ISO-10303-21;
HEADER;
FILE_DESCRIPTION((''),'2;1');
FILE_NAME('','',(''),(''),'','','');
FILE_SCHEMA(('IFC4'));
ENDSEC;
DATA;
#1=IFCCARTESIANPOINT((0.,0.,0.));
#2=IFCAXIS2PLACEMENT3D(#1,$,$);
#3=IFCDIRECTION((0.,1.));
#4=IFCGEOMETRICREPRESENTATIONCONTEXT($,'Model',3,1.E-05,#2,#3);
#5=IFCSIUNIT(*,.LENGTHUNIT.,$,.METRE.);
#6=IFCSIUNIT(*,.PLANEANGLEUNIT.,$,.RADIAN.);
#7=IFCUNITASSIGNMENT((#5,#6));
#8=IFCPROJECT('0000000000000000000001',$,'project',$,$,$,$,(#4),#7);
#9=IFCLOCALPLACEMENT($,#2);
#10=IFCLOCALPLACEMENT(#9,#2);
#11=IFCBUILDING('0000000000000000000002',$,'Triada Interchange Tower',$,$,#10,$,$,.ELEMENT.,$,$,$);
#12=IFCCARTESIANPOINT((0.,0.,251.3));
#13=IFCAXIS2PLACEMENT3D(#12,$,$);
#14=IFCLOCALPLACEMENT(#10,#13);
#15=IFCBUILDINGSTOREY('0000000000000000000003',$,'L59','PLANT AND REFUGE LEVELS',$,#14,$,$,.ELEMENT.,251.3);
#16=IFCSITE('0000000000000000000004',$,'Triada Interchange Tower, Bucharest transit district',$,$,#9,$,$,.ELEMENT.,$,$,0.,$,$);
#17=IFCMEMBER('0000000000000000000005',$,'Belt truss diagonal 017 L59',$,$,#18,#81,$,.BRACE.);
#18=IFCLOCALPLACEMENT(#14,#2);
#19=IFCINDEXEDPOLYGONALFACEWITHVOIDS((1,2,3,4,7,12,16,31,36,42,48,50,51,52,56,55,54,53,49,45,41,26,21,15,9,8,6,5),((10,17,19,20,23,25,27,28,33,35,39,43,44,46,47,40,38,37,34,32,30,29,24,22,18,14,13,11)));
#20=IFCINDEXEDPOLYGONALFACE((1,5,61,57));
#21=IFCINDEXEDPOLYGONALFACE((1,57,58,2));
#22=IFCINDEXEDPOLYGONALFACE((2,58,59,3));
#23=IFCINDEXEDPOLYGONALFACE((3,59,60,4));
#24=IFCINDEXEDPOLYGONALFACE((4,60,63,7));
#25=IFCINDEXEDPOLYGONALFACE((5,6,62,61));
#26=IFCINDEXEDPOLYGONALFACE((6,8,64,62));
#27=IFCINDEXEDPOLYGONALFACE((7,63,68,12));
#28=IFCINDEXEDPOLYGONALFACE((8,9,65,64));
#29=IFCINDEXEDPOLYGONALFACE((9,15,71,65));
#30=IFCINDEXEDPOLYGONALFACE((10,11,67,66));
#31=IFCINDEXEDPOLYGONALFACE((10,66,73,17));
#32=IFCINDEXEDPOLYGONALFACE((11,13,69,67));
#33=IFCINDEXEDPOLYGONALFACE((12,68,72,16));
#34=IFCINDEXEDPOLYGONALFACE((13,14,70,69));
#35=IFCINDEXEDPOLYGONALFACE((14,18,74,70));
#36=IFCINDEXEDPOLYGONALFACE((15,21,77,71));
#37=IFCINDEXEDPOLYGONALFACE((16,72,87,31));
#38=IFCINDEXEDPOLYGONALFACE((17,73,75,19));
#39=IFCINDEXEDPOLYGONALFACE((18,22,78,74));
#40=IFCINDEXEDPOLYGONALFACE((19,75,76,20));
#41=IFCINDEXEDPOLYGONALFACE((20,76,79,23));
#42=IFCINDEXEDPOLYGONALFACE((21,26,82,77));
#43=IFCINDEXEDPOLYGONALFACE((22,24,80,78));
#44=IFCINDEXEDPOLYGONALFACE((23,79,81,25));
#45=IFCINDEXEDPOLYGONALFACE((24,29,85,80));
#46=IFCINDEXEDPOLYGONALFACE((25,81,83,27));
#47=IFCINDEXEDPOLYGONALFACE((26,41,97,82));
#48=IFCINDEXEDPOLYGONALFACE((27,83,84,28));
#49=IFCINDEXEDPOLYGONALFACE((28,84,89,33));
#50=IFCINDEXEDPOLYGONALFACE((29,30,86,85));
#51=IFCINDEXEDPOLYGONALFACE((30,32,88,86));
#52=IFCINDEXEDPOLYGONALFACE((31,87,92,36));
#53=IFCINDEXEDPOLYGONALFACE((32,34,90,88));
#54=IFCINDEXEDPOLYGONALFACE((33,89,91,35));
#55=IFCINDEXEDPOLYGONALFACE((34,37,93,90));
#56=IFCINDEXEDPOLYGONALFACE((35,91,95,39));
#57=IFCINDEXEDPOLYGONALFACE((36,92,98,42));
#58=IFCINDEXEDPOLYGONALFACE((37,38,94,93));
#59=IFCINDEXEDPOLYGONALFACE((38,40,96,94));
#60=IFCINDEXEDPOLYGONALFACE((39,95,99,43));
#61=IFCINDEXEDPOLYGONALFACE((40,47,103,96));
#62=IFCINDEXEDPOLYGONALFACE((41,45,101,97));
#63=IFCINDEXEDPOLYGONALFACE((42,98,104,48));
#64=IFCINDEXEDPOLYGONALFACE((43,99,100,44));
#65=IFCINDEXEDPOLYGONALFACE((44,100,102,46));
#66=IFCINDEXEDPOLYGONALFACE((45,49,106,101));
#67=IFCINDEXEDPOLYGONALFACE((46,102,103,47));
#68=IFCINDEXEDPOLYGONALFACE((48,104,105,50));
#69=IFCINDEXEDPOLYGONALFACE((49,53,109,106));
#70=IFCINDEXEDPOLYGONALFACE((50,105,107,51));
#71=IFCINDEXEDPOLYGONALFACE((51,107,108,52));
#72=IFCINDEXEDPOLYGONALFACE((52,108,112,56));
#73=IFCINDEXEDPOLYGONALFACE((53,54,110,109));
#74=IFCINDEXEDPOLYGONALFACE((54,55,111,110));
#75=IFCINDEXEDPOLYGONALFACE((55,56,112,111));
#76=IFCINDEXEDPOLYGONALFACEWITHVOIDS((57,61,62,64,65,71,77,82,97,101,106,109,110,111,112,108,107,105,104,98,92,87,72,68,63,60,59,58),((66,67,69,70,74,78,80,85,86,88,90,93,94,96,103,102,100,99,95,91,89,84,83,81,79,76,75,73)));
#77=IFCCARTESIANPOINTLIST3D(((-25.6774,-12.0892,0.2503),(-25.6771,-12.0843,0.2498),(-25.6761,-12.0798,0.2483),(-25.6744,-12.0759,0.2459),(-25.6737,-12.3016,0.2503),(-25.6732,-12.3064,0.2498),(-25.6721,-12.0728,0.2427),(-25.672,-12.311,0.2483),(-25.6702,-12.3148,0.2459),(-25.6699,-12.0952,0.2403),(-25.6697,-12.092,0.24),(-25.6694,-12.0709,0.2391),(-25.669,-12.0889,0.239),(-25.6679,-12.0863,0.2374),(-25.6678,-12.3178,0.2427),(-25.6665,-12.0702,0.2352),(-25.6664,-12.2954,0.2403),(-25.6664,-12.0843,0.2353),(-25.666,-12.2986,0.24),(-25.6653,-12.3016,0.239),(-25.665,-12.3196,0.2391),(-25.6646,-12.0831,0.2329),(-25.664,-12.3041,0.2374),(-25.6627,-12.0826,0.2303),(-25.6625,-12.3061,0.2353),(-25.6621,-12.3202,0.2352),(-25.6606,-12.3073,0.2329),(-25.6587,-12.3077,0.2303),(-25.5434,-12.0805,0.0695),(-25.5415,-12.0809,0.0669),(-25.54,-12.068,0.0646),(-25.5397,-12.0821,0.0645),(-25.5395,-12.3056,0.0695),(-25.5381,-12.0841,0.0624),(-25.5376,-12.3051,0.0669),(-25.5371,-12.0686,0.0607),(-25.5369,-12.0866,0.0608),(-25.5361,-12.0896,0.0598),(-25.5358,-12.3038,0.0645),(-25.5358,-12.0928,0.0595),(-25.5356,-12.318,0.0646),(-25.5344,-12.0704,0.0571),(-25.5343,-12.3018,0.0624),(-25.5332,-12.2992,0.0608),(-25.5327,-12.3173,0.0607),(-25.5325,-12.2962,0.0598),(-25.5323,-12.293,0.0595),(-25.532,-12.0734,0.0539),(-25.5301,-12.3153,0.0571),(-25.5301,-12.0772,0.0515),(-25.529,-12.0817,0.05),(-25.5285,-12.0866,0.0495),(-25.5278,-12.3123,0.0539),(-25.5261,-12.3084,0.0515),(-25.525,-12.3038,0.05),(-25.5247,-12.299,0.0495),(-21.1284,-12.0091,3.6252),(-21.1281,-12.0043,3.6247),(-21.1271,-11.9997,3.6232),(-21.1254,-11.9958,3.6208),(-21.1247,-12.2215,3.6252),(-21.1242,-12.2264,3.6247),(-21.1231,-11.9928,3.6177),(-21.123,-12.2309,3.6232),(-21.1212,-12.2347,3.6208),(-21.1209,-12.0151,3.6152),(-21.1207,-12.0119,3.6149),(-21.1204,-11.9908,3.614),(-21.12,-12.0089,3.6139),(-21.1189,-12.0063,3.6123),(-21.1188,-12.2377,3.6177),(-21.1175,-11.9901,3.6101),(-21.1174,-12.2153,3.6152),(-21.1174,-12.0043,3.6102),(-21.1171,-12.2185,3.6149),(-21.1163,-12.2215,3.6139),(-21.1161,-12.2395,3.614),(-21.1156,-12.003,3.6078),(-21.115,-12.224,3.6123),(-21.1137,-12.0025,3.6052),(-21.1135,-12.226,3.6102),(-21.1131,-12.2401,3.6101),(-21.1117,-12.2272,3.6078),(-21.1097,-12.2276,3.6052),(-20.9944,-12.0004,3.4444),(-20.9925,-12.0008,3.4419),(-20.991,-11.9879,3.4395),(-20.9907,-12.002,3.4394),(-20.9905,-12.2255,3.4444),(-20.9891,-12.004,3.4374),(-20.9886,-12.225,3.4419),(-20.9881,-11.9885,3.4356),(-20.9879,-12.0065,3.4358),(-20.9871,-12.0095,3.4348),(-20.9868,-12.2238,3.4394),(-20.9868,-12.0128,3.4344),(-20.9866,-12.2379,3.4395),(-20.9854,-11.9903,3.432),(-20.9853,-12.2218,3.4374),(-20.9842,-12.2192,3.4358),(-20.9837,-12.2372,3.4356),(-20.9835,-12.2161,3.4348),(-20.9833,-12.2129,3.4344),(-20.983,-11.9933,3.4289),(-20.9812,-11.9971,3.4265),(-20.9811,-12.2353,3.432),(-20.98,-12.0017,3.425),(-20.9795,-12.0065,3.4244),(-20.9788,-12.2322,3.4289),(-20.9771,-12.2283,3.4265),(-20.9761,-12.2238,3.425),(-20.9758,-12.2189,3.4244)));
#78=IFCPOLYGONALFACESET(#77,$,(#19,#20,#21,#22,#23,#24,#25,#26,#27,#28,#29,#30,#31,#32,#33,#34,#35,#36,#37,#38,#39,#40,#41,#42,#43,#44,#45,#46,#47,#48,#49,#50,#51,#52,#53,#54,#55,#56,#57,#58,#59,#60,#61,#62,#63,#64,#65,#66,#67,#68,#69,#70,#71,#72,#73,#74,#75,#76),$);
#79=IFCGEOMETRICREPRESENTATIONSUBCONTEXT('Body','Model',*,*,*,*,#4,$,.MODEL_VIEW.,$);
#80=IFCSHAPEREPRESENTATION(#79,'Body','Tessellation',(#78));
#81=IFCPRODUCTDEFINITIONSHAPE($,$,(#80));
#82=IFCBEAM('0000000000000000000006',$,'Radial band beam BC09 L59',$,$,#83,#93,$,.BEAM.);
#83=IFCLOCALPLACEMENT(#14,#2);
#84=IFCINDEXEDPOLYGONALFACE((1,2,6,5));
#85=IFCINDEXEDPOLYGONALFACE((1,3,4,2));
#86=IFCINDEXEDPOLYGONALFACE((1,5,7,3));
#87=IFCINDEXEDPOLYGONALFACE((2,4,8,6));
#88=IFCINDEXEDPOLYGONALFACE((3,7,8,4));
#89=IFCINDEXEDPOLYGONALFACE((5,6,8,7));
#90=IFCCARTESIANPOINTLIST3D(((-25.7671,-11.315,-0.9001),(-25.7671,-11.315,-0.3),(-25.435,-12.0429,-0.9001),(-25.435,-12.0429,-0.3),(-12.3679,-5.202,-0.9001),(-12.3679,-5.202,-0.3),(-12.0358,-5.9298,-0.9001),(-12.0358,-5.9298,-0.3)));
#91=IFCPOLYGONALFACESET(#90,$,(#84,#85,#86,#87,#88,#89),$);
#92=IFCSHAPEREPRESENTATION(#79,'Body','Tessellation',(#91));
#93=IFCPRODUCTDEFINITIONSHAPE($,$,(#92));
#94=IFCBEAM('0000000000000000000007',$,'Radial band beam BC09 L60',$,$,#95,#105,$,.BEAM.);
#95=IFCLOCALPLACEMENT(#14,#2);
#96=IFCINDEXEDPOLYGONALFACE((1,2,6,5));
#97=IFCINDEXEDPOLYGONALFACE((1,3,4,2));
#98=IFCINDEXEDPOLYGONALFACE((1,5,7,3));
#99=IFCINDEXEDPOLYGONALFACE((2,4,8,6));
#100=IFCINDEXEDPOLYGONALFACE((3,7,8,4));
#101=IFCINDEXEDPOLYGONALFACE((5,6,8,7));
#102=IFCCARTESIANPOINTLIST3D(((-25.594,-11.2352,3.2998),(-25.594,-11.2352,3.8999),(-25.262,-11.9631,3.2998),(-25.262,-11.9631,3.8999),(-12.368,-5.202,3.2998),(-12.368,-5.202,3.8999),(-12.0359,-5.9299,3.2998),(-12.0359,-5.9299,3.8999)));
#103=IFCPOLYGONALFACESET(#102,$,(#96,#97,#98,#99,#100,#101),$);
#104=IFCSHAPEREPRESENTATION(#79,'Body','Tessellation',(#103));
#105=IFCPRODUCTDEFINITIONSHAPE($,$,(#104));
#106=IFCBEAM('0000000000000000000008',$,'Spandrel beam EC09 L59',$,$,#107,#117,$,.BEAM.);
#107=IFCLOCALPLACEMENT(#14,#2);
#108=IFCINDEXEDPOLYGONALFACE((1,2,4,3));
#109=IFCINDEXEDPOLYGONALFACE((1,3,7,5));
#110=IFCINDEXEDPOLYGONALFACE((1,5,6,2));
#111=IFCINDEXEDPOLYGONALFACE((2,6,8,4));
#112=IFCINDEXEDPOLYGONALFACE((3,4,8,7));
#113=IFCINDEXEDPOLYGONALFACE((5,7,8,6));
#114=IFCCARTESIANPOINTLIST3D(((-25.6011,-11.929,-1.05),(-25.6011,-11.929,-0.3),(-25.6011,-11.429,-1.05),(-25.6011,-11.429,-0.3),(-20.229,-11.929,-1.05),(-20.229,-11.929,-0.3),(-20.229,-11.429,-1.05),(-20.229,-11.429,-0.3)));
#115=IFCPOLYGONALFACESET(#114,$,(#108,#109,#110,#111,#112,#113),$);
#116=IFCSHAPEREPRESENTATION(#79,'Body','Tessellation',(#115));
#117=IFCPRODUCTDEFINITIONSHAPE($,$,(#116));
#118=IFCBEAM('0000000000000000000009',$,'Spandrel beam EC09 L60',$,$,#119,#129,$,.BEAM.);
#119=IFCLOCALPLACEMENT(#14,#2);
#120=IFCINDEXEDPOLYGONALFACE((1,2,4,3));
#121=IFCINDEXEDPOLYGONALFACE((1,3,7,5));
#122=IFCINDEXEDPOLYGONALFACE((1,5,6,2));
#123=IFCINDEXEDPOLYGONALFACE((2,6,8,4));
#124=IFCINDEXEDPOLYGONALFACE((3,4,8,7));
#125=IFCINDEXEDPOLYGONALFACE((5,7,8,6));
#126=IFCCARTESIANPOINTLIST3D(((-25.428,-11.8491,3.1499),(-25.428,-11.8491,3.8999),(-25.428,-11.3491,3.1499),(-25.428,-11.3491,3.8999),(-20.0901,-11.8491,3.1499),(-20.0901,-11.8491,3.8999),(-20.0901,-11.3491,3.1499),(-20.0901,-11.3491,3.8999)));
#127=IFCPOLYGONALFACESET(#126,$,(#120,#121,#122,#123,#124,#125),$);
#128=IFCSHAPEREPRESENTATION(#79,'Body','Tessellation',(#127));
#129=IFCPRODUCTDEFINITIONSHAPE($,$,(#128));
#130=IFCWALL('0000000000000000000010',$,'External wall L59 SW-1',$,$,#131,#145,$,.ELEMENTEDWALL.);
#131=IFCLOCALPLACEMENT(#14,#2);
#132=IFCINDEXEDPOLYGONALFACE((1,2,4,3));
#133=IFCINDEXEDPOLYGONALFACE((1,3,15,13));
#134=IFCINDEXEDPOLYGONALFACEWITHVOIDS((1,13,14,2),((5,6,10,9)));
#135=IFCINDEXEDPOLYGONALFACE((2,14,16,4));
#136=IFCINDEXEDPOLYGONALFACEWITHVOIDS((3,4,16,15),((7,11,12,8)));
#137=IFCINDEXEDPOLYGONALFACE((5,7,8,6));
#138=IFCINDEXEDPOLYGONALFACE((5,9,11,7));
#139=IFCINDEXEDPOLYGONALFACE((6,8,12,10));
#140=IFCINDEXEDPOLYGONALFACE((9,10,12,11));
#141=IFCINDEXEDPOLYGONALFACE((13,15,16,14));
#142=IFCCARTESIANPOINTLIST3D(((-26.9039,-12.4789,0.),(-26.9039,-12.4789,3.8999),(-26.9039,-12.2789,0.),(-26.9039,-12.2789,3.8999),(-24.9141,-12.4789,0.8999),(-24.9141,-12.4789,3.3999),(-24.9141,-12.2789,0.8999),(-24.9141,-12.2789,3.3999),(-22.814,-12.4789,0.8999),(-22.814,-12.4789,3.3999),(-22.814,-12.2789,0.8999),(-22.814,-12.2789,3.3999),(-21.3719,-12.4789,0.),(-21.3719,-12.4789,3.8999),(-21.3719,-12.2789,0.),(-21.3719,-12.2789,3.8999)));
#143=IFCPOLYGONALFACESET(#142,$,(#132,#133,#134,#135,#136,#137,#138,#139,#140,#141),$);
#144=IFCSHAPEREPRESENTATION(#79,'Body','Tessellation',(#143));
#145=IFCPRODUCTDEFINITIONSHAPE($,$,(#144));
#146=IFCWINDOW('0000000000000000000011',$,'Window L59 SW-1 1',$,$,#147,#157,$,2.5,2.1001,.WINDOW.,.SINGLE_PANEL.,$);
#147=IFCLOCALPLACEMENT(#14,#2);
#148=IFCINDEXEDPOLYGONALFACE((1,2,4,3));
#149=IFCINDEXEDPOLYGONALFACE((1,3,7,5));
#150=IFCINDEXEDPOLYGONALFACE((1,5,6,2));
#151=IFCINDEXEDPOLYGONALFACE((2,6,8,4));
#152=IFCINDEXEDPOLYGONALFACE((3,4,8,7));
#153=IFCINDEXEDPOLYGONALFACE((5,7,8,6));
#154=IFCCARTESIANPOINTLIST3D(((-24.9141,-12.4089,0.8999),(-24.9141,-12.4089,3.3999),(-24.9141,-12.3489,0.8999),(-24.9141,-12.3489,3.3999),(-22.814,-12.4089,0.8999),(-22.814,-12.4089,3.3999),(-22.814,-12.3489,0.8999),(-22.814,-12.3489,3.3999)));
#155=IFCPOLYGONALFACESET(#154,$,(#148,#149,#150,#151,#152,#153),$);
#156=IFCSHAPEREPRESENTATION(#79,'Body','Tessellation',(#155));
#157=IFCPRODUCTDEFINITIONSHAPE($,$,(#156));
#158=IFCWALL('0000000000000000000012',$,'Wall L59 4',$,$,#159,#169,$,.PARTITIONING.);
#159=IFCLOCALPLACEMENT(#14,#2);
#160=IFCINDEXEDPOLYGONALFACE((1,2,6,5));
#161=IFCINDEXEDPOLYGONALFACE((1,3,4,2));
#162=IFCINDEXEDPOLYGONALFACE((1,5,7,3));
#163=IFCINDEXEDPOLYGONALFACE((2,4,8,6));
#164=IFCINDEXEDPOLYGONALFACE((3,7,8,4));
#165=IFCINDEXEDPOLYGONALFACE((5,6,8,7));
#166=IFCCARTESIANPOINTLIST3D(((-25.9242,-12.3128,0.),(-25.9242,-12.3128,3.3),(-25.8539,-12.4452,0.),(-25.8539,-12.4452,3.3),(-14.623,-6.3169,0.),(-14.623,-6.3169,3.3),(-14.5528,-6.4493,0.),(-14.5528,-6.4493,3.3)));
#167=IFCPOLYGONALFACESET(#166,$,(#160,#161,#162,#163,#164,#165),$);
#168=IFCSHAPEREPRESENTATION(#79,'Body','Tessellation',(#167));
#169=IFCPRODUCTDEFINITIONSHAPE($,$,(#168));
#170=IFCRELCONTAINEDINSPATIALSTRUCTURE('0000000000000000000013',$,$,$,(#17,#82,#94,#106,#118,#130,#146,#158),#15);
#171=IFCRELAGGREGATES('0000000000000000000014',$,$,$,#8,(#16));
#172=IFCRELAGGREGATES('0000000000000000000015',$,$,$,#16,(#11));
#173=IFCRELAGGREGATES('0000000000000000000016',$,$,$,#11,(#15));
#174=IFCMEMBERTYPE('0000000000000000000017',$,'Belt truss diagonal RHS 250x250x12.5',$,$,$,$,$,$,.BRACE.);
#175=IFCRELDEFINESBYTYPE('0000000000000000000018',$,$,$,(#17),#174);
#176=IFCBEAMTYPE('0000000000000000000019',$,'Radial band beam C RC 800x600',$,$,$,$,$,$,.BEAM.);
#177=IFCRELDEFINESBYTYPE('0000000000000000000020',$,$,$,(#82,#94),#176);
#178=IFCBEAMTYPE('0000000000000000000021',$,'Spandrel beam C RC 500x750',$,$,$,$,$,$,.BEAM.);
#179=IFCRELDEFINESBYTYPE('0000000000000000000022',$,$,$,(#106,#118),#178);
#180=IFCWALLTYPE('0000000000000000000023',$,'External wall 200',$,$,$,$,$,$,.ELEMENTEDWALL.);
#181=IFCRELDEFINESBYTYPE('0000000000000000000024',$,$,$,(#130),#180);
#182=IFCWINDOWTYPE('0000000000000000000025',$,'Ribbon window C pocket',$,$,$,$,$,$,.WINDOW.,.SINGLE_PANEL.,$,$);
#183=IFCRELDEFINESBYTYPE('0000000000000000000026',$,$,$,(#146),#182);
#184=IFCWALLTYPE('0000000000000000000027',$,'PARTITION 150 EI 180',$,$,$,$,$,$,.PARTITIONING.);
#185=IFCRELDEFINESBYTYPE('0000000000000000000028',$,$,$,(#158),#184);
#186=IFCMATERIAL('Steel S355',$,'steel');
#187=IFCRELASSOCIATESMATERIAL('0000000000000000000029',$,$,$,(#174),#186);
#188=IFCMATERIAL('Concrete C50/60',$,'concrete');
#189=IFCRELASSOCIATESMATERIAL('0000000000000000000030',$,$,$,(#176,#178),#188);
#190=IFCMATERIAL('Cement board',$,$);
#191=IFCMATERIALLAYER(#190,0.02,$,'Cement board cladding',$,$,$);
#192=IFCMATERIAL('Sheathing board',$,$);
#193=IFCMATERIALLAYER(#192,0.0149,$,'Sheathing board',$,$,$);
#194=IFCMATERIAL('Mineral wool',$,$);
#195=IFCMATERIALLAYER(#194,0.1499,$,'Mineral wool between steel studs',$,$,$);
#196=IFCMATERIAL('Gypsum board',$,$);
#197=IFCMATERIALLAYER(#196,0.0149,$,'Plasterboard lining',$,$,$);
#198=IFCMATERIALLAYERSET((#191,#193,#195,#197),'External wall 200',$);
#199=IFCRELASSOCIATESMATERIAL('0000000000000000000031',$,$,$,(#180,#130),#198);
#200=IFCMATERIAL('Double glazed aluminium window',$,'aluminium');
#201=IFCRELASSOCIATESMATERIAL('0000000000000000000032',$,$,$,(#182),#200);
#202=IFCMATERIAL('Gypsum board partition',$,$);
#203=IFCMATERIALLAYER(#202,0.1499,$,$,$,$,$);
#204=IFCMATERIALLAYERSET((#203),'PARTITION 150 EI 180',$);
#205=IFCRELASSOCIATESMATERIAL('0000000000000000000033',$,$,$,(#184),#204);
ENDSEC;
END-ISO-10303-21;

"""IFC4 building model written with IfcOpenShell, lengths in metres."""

from ifc_helpers import new_model, si_unit, direction, frame, frame_2d, origin, origin_2d, place, context, subcontext, project, spatial, rectangle, hollow_rectangle, extrude, material, layer, layer_set, layer_usage, material_profile, profile_set, type_object, element, fill, save


model = new_model("IFC4")

# Units and contexts
model_context = context("Model", 3, precision=1e-05, world=origin(), true_north=direction((0.0, 1.0)))
body_context = subcontext(model_context, "Body", "Model", "MODEL_VIEW")
ifc_project = project(units=[si_unit("LENGTHUNIT", "METRE"), si_unit("PLANEANGLEUNIT", "RADIAN")], contexts=[model_context])

# Site, building, storey
site_placement = place(None, origin())
site = spatial("IfcSite", under=ifc_project, at=site_placement, Name="Triada Interchange Tower, Bucharest transit district", CompositionType="ELEMENT", RefElevation=0.0)
building_placement = place(site_placement, origin())
building = spatial("IfcBuilding", under=site, at=building_placement, Name="Triada Interchange Tower", CompositionType="ELEMENT")
storey_placement = place(building_placement, frame((0.0, 0.0, 251.3)))
storey = spatial("IfcBuildingStorey", under=building, at=storey_placement, Name="L59", Description="PLANT AND REFUGE LEVELS", CompositionType="ELEMENT", Elevation=251.3)

# Shared definitions
ifc_material_1 = material(Name="Concrete C50/60", Category="concrete")

# Member
ifc_material_2 = material(Name="Steel S355", Category="steel")
ifc_material_profile_1 = material_profile(ifc_material_2, hollow_rectangle(XDim=0.25, YDim=0.25, WallThickness=0.0125, InnerFilletRadius=0.0125, OuterFilletRadius=0.0188, at=origin_2d()), Name="RHS 250x250x12.5")
ifc_profile_set_1 = profile_set([ifc_material_profile_1], Name="Steel S355")
member_type = type_object("IfcMemberType", Name="Belt truss diagonal RHS 250x250x12.5", PredefinedType="BRACE", material=ifc_profile_set_1)
member_1_placement = place(storey_placement, frame((-25.6011, -12.1941, 0.1499), z_axis=(0.803028, 0.014136, 0.595774), x_axis=(-0.0176, 0.999845, 0.0)))
element("IfcMember", 1, at=member_1_placement, inside=storey, type_object=member_type, Name="Belt truss diagonal 017 L59", PredefinedType="BRACE", context=body_context, shape_type="SweptSolid", body=[
    extrude(hollow_rectangle(XDim=0.25, YDim=0.25, WallThickness=0.0125, InnerFilletRadius=0.0125, OuterFilletRadius=0.0188, at=origin_2d()), origin(), (0.0, 0.0, 1.0), 5.6648),
])

# Beams
ifc_material_profile_2 = material_profile(ifc_material_1, rectangle(XDim=0.8, YDim=0.6001, at=origin_2d()), Name="RC 800x600")
ifc_profile_set_2 = profile_set([ifc_material_profile_2], Name="Concrete C50/60")
beam_type_1 = type_object("IfcBeamType", Name="Radial band beam C RC 800x600", PredefinedType="BEAM", material=ifc_profile_set_2)
beam_1_placement = place(storey_placement, frame((-25.6011, -11.679, -0.6001), z_axis=(0.90979, 0.415069, 0.0), x_axis=(-0.415069, 0.90979, 0.0)))
element("IfcBeam", 2, at=beam_1_placement, inside=storey, type_object=beam_type_1, Name="Radial band beam BC09 L59", PredefinedType="BEAM", context=body_context, shape_type="SweptSolid", body=[
    extrude(rectangle(XDim=0.8, YDim=0.6001, at=origin_2d()), origin(), (0.0, 0.0, 1.0), 14.7278),
])
beam_2_placement = place(storey_placement, frame((-25.428, -11.5991, 3.5999), z_axis=(0.909812, 0.41502, 0.0), x_axis=(-0.41502, 0.909812, 0.0)))
element("IfcBeam", 3, at=beam_2_placement, inside=storey, type_object=beam_type_1, Name="Radial band beam BC09 L60", PredefinedType="BEAM", context=body_context, shape_type="SweptSolid", body=[
    extrude(rectangle(XDim=0.8, YDim=0.6001, at=origin_2d()), origin(), (0.0, 0.0, 1.0), 14.5371),
])
ifc_material_profile_3 = material_profile(ifc_material_1, rectangle(XDim=0.5, YDim=0.75, at=origin_2d()), Name="RC 500x750")
ifc_profile_set_3 = profile_set([ifc_material_profile_3], Name="Concrete C50/60")
beam_type_2 = type_object("IfcBeamType", Name="Spandrel beam C RC 500x750", PredefinedType="BEAM", material=ifc_profile_set_3)
beam_3_placement = place(storey_placement, frame((-25.6011, -11.679, -0.675), z_axis=(1.0, 0.0, 0.0), x_axis=(0.0, 1.0, 0.0)))
element("IfcBeam", 4, at=beam_3_placement, inside=storey, type_object=beam_type_2, Name="Spandrel beam EC09 L59", PredefinedType="BEAM", context=body_context, shape_type="SweptSolid", body=[
    extrude(rectangle(XDim=0.5, YDim=0.75, at=origin_2d()), origin(), (0.0, 0.0, 1.0), 5.3721),
])
beam_4_placement = place(storey_placement, frame((-25.428, -11.5991, 3.5249), z_axis=(1.0, 0.0, 0.0), x_axis=(0.0, 1.0, 0.0)))
element("IfcBeam", 5, at=beam_4_placement, inside=storey, type_object=beam_type_2, Name="Spandrel beam EC09 L60", PredefinedType="BEAM", context=body_context, shape_type="SweptSolid", body=[
    extrude(rectangle(XDim=0.5, YDim=0.75, at=origin_2d()), origin(), (0.0, 0.0, 1.0), 5.3379),
])

# Wall, opening, window
ifc_material_3 = material(Name="Cement board")
ifc_layer_1 = layer(ifc_material_3, 0.02, Name="Cement board cladding")
ifc_material_4 = material(Name="Sheathing board")
ifc_layer_2 = layer(ifc_material_4, 0.0149, Name="Sheathing board")
ifc_material_5 = material(Name="Mineral wool")
ifc_layer_3 = layer(ifc_material_5, 0.1499, Name="Mineral wool between steel studs")
ifc_material_6 = material(Name="Gypsum board")
ifc_layer_4 = layer(ifc_material_6, 0.0149, Name="Plasterboard lining")
ifc_layer_set_1 = layer_set([ifc_layer_1, ifc_layer_2, ifc_layer_3, ifc_layer_4], Name="External wall 200")
ifc_layer_usage = layer_usage(ifc_layer_set_1, "AXIS2", "POSITIVE", -0.1001)
wall_type_1 = type_object("IfcWallType", Name="External wall 200", PredefinedType="ELEMENTEDWALL", material=ifc_layer_set_1)
wall_1_placement = place(storey_placement, frame((-26.9041, -12.3789, 0.0), z_axis=(0.0, 0.0, 1.0), x_axis=(1.0, 0.0, 0.0)))
wall_1 = element("IfcWall", 6, at=wall_1_placement, inside=storey, type_object=wall_type_1, material=ifc_layer_usage, Name="External wall L59 SW-1", PredefinedType="ELEMENTEDWALL", context=body_context, shape_type="SweptSolid", body=[
    extrude(rectangle(XDim=5.532, YDim=0.2, at=frame_2d((2.7661, 0.0))), origin(), (0.0, 0.0, 1.0), 3.8999),
])
opening_placement = place(wall_1_placement, frame((1.99, 0.0, 0.8999)))
opening = element("IfcOpeningElement", 7, at=opening_placement, cuts=wall_1, PredefinedType="OPENING", context=body_context, shape_type="SweptSolid", body=[
    extrude(rectangle(XDim=2.1001, YDim=2.5, at=frame_2d((1.05, 1.25))), frame((0.0, 0.1099, 0.0), z_axis=(0.0, -1.0, 0.0), x_axis=(1.0, 0.0, 0.0)), (0.0, 0.0, 1.0), 0.22),
])
ifc_material_7 = material(Name="Double glazed aluminium window", Category="aluminium")
window_type = type_object("IfcWindowType", Name="Ribbon window C pocket", PartitioningType="SINGLE_PANEL", PredefinedType="WINDOW", material=ifc_material_7)
window_placement = place(opening_placement, origin())
window = element("IfcWindow", 8, at=window_placement, inside=storey, type_object=window_type, Name="Window L59 SW-1 1", OverallHeight=2.5, OverallWidth=2.1001, PartitioningType="SINGLE_PANEL", PredefinedType="WINDOW", context=body_context, shape_type="SweptSolid", body=[
    extrude(rectangle(XDim=2.1001, YDim=2.5, at=frame_2d((1.05, 1.25))), frame((0.0, 0.03, 0.0), z_axis=(0.0, -1.0, 0.0), x_axis=(1.0, 0.0, 0.0)), (0.0, 0.0, 1.0), 0.0601),
])
fill(opening, window)

# Wall
ifc_material_8 = material(Name="Gypsum board partition")
ifc_layer_5 = layer(ifc_material_8, 0.1499)
ifc_layer_set_2 = layer_set([ifc_layer_5], Name="PARTITION 150 EI 180")
wall_type_2 = type_object("IfcWallType", Name="PARTITION 150 EI 180", PredefinedType="PARTITIONING", material=ifc_layer_set_2)
wall_2_placement = place(storey_placement, frame((-25.8889, -12.3789, 0.0), z_axis=(0.0, 0.0, 1.0), x_axis=(0.883369, 0.468678, 0.0)))
element("IfcWall", 9, at=wall_2_placement, inside=storey, type_object=wall_type_2, Name="Wall L59 4", PredefinedType="PARTITIONING", context=body_context, shape_type="SweptSolid", body=[
    extrude(rectangle(XDim=12.7932, YDim=0.1499, at=frame_2d((6.3965, 0.0))), origin(), (0.0, 0.0, 1.0), 3.3),
])

save(model, "model.ifc")
